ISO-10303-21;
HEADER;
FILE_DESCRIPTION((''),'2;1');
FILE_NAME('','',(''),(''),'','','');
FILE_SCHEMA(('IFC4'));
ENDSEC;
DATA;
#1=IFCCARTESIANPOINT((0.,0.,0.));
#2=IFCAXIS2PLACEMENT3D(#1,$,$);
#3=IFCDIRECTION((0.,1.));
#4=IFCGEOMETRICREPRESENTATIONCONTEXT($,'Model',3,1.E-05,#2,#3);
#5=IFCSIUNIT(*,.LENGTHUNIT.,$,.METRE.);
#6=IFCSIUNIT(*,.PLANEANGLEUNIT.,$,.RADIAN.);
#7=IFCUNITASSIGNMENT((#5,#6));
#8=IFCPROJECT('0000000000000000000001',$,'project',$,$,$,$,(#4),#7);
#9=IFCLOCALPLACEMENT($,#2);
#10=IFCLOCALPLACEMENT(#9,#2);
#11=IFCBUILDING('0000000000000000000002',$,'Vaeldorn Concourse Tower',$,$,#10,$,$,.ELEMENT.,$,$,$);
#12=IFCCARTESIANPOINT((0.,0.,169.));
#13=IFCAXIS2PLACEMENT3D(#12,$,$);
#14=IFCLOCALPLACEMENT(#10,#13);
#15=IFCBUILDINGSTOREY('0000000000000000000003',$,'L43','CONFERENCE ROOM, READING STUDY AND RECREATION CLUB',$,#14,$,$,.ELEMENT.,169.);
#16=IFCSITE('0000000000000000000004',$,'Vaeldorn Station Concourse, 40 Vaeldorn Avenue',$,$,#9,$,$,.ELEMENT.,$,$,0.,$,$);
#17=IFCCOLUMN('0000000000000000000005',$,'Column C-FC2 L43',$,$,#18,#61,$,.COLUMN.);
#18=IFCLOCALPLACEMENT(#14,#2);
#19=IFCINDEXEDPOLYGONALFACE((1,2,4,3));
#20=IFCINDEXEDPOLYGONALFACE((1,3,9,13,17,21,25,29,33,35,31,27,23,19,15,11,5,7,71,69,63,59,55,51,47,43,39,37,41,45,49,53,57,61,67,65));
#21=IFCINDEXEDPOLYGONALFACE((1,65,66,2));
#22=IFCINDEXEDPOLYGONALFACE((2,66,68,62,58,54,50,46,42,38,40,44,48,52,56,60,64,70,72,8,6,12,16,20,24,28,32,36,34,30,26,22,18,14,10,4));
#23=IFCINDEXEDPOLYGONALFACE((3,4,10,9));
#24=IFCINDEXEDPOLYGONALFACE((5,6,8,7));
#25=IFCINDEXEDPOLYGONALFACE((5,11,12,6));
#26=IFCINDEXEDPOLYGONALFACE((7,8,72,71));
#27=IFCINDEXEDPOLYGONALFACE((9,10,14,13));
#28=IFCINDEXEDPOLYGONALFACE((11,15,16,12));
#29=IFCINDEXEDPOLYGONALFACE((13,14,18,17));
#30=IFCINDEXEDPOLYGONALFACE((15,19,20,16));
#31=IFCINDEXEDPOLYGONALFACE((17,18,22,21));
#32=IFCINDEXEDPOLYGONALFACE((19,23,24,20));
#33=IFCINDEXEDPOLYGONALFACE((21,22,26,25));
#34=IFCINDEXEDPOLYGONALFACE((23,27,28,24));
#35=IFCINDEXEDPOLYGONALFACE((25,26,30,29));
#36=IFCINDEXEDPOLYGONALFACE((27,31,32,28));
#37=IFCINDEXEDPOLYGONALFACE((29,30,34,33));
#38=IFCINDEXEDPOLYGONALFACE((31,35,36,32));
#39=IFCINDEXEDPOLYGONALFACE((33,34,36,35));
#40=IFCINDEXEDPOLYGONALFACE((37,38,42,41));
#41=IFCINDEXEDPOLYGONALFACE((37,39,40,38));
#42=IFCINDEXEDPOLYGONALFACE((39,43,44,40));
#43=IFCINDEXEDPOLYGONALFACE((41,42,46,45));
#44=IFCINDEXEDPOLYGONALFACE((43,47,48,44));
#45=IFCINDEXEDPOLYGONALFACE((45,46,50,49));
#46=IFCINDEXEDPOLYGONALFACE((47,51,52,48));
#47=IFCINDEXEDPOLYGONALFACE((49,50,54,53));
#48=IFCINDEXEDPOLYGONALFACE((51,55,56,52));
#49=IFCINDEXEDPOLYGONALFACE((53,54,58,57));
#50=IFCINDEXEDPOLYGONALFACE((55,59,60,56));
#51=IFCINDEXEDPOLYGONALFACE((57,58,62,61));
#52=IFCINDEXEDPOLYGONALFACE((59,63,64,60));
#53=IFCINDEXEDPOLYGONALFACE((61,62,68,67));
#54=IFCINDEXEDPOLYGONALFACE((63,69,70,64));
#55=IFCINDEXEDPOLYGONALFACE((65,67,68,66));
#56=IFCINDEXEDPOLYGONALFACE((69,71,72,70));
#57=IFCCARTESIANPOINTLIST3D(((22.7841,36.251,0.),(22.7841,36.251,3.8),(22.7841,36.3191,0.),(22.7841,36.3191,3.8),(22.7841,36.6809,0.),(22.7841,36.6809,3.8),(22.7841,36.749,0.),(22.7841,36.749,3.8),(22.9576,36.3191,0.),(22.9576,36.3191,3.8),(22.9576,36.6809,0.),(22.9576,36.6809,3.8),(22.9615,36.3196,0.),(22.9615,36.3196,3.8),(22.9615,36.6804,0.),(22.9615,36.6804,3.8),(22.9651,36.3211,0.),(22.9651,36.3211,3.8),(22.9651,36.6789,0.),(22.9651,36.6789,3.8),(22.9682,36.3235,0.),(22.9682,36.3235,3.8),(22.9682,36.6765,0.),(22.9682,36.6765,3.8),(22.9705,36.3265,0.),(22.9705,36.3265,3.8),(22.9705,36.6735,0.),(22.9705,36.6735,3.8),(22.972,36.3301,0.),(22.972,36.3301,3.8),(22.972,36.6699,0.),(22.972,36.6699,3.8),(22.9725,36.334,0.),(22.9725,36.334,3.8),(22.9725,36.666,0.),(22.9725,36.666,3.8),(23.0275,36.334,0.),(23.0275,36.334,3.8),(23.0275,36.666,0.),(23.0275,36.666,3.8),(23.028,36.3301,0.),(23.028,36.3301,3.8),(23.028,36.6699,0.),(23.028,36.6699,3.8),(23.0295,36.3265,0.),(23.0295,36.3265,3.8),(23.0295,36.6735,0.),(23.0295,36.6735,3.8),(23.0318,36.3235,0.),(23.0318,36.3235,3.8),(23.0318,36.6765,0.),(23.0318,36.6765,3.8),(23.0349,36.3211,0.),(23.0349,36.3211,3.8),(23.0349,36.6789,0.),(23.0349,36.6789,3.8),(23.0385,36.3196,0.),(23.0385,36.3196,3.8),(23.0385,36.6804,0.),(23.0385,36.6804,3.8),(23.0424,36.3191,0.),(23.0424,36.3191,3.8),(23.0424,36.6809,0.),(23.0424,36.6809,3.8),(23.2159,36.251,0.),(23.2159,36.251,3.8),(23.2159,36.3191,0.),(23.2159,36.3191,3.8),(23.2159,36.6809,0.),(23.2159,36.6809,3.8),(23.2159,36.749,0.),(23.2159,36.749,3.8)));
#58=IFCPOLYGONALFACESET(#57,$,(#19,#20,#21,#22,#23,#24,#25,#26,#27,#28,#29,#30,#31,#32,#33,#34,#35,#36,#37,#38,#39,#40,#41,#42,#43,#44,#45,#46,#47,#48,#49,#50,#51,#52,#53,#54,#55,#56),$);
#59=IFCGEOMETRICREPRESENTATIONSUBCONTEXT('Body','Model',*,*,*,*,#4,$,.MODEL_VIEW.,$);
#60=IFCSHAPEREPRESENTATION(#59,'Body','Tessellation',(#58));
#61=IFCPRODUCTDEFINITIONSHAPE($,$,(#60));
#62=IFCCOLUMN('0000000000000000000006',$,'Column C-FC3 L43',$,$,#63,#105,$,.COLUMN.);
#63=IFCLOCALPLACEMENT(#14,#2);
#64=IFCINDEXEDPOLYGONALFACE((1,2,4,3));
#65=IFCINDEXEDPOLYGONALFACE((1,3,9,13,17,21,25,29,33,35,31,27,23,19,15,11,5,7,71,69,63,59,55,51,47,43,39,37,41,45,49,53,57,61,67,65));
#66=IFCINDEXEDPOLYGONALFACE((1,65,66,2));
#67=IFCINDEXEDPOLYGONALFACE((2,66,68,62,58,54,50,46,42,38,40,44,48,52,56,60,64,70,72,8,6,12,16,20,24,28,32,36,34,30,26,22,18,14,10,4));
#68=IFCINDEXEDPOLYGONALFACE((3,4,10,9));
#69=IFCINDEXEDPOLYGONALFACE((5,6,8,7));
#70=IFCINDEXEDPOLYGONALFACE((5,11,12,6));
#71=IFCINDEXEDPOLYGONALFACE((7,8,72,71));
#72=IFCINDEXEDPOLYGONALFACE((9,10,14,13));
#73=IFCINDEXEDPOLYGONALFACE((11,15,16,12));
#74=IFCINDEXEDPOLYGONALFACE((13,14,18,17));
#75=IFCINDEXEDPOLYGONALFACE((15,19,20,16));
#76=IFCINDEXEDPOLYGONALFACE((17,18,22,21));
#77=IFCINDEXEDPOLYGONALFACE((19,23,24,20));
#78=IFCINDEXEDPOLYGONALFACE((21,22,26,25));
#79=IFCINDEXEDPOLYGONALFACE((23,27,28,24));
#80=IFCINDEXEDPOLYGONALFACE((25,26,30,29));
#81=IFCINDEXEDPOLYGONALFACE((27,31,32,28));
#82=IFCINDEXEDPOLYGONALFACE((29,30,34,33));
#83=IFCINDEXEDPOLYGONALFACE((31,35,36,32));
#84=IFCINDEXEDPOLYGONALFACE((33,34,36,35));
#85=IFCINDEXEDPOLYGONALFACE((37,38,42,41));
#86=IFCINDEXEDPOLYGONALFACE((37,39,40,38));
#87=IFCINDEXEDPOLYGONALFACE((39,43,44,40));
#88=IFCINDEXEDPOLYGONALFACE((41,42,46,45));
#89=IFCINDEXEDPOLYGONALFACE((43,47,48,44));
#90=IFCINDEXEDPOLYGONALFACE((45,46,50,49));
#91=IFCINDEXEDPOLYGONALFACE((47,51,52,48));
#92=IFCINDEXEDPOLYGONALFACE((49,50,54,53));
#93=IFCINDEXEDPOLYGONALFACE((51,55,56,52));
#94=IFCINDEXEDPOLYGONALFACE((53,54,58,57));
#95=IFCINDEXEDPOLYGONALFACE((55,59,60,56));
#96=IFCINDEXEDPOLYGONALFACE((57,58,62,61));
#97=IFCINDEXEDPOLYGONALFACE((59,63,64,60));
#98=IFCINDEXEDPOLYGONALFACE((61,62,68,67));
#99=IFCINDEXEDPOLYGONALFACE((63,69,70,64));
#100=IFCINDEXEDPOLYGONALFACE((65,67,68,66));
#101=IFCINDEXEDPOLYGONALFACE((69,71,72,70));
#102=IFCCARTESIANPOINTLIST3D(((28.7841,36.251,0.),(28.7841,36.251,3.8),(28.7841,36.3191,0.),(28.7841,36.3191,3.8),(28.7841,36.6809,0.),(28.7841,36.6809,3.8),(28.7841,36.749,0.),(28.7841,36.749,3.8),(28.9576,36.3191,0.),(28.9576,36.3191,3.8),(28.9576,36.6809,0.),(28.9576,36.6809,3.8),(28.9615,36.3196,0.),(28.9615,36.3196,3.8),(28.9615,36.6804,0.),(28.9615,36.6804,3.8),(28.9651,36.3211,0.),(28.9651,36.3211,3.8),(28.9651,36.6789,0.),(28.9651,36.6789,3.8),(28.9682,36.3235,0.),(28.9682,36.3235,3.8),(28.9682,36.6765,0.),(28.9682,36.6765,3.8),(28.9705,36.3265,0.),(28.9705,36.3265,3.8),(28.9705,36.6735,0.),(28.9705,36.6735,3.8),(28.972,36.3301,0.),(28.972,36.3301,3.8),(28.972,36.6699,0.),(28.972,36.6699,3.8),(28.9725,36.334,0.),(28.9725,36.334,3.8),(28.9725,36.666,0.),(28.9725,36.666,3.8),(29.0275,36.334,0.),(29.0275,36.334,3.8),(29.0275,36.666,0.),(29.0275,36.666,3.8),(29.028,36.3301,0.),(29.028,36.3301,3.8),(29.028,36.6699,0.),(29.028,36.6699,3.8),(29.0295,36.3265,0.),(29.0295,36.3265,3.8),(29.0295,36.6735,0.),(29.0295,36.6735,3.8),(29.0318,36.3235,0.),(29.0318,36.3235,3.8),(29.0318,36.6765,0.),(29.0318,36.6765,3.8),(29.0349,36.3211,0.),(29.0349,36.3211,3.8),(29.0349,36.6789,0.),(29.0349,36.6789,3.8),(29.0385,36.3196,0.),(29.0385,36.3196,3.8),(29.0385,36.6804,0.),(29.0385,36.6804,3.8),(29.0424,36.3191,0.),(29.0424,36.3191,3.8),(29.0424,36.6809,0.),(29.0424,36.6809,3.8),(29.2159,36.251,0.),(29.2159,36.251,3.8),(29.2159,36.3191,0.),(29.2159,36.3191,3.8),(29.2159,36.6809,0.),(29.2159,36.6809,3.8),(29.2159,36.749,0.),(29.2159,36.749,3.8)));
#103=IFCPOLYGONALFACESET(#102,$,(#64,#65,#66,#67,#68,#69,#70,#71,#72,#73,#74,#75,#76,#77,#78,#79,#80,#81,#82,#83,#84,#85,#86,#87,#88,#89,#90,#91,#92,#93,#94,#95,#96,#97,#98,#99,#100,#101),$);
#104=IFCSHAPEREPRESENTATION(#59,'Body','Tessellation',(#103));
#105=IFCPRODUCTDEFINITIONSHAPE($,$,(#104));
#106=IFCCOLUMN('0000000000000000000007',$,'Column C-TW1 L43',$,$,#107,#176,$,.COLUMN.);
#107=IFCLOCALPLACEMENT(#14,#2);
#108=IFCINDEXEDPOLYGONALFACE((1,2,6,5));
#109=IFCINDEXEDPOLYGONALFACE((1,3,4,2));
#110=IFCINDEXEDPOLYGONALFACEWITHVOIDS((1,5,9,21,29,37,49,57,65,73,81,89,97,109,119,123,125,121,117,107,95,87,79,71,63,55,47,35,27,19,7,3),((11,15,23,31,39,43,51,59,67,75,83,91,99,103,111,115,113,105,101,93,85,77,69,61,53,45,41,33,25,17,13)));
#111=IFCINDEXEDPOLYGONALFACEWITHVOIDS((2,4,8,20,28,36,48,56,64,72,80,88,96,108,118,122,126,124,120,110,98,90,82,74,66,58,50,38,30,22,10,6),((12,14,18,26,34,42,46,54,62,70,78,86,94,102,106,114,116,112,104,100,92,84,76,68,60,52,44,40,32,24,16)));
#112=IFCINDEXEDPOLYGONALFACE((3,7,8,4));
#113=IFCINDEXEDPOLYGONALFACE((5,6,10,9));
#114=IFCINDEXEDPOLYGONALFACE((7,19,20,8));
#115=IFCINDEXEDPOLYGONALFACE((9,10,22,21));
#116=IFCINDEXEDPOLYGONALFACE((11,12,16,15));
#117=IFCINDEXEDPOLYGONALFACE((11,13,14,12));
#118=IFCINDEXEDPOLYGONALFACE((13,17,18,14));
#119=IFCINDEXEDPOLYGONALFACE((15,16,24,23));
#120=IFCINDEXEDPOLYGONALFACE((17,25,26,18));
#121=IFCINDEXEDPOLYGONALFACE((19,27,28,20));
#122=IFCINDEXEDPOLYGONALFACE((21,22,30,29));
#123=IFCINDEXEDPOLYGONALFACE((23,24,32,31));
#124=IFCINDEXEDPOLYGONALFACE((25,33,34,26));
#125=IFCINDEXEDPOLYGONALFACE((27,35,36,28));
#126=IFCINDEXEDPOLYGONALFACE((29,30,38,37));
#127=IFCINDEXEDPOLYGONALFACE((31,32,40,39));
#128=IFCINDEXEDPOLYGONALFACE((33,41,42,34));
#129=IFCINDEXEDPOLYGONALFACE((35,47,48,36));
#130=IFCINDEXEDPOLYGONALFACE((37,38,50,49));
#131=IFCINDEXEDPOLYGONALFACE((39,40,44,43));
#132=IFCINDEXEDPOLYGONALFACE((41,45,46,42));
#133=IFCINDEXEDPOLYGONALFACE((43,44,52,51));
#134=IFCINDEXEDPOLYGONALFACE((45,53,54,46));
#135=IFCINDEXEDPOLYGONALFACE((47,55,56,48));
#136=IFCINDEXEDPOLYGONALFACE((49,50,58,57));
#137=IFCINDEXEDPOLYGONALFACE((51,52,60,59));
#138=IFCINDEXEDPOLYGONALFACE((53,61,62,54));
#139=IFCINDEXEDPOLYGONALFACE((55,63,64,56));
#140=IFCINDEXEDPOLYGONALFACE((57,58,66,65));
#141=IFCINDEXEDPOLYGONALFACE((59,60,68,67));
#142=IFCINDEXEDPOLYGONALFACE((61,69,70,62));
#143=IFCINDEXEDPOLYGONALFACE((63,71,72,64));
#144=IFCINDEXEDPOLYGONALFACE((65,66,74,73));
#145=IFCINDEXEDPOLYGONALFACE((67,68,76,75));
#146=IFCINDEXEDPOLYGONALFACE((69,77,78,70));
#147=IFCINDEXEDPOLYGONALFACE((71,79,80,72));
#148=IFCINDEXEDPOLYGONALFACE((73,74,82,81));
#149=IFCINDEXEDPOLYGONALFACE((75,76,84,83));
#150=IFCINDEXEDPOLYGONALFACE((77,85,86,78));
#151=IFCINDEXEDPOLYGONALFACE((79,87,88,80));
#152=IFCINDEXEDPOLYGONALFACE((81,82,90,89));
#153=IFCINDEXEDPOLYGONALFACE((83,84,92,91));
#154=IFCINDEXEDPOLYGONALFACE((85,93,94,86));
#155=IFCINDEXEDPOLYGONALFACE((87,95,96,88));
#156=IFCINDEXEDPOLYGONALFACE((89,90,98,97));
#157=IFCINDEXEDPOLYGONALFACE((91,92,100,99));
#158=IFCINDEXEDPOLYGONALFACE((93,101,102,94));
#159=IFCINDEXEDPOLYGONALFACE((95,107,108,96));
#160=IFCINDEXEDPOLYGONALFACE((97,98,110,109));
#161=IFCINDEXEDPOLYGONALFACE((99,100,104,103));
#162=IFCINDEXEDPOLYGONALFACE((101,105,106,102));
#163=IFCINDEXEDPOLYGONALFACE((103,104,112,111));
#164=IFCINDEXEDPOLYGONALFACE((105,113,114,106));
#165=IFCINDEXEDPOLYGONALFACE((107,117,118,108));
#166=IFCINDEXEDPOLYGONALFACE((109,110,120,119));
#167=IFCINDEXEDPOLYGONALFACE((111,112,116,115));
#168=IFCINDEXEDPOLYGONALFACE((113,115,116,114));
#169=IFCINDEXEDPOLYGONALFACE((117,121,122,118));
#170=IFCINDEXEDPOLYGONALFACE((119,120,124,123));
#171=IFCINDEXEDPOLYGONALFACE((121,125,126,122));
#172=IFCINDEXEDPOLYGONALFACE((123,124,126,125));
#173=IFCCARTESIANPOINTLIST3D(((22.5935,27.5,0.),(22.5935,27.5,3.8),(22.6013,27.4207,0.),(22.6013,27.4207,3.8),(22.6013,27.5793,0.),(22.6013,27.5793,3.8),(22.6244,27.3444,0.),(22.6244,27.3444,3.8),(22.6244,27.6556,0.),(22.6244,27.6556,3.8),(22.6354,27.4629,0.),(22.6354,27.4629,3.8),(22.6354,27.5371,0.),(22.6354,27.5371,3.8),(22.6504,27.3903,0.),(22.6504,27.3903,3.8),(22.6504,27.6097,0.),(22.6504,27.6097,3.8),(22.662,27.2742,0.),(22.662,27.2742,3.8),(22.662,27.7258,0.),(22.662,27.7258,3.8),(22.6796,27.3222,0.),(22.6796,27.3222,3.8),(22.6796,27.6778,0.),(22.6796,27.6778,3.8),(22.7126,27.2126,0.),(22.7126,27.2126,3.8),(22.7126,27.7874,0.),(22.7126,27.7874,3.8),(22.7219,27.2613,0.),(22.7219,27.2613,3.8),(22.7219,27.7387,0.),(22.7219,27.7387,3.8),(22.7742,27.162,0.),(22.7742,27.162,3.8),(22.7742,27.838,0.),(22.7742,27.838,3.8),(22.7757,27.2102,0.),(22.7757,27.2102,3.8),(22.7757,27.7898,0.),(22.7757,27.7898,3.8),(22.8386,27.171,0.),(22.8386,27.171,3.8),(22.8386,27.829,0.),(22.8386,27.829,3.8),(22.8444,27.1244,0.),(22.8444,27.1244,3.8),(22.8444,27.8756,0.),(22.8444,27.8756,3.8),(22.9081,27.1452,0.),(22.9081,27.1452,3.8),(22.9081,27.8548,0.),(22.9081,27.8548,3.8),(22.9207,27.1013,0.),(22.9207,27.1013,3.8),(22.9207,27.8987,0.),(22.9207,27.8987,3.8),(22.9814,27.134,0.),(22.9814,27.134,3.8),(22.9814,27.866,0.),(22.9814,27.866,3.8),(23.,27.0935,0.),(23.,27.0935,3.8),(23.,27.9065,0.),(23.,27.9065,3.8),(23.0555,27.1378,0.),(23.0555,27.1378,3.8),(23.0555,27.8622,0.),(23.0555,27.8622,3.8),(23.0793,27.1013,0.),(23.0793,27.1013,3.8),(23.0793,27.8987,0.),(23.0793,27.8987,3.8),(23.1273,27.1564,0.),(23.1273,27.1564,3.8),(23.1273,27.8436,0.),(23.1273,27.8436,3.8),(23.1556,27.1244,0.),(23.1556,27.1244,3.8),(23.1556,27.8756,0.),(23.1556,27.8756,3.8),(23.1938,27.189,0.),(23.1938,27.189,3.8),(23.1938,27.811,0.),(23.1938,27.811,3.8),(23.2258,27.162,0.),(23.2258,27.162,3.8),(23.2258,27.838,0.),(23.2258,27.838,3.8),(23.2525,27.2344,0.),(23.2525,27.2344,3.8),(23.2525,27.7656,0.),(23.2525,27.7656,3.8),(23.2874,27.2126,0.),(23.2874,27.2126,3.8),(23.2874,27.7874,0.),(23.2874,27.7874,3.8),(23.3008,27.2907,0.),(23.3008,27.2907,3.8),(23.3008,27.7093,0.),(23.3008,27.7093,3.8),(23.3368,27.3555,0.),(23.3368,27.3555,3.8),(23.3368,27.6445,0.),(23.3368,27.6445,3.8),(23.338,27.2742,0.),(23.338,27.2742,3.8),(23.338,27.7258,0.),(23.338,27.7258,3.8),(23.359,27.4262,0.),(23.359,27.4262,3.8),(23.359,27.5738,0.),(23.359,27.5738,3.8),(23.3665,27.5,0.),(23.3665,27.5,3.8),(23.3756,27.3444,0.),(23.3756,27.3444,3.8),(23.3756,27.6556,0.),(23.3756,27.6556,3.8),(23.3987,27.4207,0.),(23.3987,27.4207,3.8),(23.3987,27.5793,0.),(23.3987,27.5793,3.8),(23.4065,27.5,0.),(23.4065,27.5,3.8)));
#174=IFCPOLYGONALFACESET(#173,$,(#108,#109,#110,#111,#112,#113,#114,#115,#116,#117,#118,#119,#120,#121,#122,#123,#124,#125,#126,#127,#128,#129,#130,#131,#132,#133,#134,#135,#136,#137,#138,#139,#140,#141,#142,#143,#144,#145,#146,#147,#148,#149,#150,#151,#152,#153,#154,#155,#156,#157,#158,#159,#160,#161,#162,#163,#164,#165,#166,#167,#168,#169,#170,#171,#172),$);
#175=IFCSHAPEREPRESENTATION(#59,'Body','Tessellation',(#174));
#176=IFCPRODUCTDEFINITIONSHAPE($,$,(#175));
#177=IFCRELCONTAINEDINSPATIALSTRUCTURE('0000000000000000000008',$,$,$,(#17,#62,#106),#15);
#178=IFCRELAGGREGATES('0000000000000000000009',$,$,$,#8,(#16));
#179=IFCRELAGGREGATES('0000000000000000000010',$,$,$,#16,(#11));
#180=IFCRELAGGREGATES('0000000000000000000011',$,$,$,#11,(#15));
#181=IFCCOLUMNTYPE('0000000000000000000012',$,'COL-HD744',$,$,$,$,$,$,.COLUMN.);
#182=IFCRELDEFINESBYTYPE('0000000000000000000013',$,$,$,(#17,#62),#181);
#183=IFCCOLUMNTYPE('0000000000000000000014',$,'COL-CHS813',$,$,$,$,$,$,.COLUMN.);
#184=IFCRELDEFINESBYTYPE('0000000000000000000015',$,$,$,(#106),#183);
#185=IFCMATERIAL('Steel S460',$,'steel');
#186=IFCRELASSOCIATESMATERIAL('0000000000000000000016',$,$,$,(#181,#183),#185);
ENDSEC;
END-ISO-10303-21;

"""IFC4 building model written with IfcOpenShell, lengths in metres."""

from ifc_helpers import new_model, si_unit, direction, frame, origin, origin_2d, place, context, subcontext, project, spatial, hollow_circle, i_section, extrude, source, transform, mapped, material, material_profile, profile_set, type_object, element, save


model = new_model("IFC4")

# Units and contexts
model_context = context("Model", 3, precision=1e-05, world=origin(), true_north=direction((0.0, 1.0)))
body_context = subcontext(model_context, "Body", "Model", "MODEL_VIEW")
ifc_project = project(units=[si_unit("LENGTHUNIT", "METRE"), si_unit("PLANEANGLEUNIT", "RADIAN")], contexts=[model_context])

# Site, building, storey
site_placement = place(None, origin())
site = spatial("IfcSite", under=ifc_project, at=site_placement, Name="Vaeldorn Station Concourse, 40 Vaeldorn Avenue", CompositionType="ELEMENT", RefElevation=0.0)
building_placement = place(site_placement, origin())
building = spatial("IfcBuilding", under=site, at=building_placement, Name="Vaeldorn Concourse Tower", CompositionType="ELEMENT")
storey_placement = place(building_placement, frame((0.0, 0.0, 169.0)))
storey = spatial("IfcBuildingStorey", under=building, at=storey_placement, Name="L43", Description="CONFERENCE ROOM, READING STUDY AND RECREATION CLUB", CompositionType="ELEMENT", Elevation=169.0)

# Columns
ifc_material_1 = material(Name="Steel S460", Category="steel")
ifc_material_profile_1 = material_profile(ifc_material_1, i_section(OverallWidth=0.4319, OverallDepth=0.498, WebThickness=0.0549, FlangeThickness=0.0681, FilletRadius=0.0149, at=origin_2d()), Name="HD 400x744")
ifc_profile_set_1 = profile_set([ifc_material_profile_1], Name="Steel S460")
column_type_1 = type_object("IfcColumnType", Name="COL-HD744", PredefinedType="COLUMN", material=ifc_profile_set_1)
shared_shape_1 = source(origin(), body_context, "Body", "SweptSolid", [
    extrude(i_section(OverallWidth=0.4319, OverallDepth=0.498, WebThickness=0.0549, FlangeThickness=0.0681, FilletRadius=0.0149, at=origin_2d()), origin(), (0.0, 0.0, 1.0), 3.8),
])
for number, where, z_axis, x_axis, name in (
    (1, (23.0, 36.5, 0.0), (0.0, 0.0, 1.0), (1.0, 0.0, 0.0), "Column C-FC2 L43"),
    (2, (29.0, 36.5, 0.0), (0.0, 0.0, 1.0), (1.0, 0.0, 0.0), "Column C-FC3 L43"),
):
    element("IfcColumn", number, at=place(storey_placement, frame(where, z_axis=z_axis, x_axis=x_axis)), inside=storey, type_object=column_type_1, Name=name, PredefinedType="COLUMN", context=body_context, shape_type="MappedRepresentation", body=[
        mapped(shared_shape_1, transform((0.0, 0.0, 0.0), scale=1.0)),
    ])
ifc_material_profile_2 = material_profile(ifc_material_1, hollow_circle(Radius=0.4065, WallThickness=0.04, at=origin_2d()), Name="CHS 813x40")
ifc_profile_set_2 = profile_set([ifc_material_profile_2], Name="Steel S460")
column_type_2 = type_object("IfcColumnType", Name="COL-CHS813", PredefinedType="COLUMN", material=ifc_profile_set_2)
shared_shape_2 = source(origin(), body_context, "Body", "SweptSolid", [
    extrude(hollow_circle(Radius=0.4065, WallThickness=0.04, at=origin_2d()), origin(), (0.0, 0.0, 1.0), 3.8),
])
column_1_placement = place(storey_placement, frame((23.0, 27.5, 0.0), z_axis=(0.0, 0.0, 1.0), x_axis=(1.0, 0.0, 0.0)))
element("IfcColumn", 3, at=column_1_placement, inside=storey, type_object=column_type_2, Name="Column C-TW1 L43", PredefinedType="COLUMN", context=body_context, shape_type="MappedRepresentation", body=[
    mapped(shared_shape_2, transform((0.0, 0.0, 0.0), scale=1.0)),
])

save(model, "model.ifc")
